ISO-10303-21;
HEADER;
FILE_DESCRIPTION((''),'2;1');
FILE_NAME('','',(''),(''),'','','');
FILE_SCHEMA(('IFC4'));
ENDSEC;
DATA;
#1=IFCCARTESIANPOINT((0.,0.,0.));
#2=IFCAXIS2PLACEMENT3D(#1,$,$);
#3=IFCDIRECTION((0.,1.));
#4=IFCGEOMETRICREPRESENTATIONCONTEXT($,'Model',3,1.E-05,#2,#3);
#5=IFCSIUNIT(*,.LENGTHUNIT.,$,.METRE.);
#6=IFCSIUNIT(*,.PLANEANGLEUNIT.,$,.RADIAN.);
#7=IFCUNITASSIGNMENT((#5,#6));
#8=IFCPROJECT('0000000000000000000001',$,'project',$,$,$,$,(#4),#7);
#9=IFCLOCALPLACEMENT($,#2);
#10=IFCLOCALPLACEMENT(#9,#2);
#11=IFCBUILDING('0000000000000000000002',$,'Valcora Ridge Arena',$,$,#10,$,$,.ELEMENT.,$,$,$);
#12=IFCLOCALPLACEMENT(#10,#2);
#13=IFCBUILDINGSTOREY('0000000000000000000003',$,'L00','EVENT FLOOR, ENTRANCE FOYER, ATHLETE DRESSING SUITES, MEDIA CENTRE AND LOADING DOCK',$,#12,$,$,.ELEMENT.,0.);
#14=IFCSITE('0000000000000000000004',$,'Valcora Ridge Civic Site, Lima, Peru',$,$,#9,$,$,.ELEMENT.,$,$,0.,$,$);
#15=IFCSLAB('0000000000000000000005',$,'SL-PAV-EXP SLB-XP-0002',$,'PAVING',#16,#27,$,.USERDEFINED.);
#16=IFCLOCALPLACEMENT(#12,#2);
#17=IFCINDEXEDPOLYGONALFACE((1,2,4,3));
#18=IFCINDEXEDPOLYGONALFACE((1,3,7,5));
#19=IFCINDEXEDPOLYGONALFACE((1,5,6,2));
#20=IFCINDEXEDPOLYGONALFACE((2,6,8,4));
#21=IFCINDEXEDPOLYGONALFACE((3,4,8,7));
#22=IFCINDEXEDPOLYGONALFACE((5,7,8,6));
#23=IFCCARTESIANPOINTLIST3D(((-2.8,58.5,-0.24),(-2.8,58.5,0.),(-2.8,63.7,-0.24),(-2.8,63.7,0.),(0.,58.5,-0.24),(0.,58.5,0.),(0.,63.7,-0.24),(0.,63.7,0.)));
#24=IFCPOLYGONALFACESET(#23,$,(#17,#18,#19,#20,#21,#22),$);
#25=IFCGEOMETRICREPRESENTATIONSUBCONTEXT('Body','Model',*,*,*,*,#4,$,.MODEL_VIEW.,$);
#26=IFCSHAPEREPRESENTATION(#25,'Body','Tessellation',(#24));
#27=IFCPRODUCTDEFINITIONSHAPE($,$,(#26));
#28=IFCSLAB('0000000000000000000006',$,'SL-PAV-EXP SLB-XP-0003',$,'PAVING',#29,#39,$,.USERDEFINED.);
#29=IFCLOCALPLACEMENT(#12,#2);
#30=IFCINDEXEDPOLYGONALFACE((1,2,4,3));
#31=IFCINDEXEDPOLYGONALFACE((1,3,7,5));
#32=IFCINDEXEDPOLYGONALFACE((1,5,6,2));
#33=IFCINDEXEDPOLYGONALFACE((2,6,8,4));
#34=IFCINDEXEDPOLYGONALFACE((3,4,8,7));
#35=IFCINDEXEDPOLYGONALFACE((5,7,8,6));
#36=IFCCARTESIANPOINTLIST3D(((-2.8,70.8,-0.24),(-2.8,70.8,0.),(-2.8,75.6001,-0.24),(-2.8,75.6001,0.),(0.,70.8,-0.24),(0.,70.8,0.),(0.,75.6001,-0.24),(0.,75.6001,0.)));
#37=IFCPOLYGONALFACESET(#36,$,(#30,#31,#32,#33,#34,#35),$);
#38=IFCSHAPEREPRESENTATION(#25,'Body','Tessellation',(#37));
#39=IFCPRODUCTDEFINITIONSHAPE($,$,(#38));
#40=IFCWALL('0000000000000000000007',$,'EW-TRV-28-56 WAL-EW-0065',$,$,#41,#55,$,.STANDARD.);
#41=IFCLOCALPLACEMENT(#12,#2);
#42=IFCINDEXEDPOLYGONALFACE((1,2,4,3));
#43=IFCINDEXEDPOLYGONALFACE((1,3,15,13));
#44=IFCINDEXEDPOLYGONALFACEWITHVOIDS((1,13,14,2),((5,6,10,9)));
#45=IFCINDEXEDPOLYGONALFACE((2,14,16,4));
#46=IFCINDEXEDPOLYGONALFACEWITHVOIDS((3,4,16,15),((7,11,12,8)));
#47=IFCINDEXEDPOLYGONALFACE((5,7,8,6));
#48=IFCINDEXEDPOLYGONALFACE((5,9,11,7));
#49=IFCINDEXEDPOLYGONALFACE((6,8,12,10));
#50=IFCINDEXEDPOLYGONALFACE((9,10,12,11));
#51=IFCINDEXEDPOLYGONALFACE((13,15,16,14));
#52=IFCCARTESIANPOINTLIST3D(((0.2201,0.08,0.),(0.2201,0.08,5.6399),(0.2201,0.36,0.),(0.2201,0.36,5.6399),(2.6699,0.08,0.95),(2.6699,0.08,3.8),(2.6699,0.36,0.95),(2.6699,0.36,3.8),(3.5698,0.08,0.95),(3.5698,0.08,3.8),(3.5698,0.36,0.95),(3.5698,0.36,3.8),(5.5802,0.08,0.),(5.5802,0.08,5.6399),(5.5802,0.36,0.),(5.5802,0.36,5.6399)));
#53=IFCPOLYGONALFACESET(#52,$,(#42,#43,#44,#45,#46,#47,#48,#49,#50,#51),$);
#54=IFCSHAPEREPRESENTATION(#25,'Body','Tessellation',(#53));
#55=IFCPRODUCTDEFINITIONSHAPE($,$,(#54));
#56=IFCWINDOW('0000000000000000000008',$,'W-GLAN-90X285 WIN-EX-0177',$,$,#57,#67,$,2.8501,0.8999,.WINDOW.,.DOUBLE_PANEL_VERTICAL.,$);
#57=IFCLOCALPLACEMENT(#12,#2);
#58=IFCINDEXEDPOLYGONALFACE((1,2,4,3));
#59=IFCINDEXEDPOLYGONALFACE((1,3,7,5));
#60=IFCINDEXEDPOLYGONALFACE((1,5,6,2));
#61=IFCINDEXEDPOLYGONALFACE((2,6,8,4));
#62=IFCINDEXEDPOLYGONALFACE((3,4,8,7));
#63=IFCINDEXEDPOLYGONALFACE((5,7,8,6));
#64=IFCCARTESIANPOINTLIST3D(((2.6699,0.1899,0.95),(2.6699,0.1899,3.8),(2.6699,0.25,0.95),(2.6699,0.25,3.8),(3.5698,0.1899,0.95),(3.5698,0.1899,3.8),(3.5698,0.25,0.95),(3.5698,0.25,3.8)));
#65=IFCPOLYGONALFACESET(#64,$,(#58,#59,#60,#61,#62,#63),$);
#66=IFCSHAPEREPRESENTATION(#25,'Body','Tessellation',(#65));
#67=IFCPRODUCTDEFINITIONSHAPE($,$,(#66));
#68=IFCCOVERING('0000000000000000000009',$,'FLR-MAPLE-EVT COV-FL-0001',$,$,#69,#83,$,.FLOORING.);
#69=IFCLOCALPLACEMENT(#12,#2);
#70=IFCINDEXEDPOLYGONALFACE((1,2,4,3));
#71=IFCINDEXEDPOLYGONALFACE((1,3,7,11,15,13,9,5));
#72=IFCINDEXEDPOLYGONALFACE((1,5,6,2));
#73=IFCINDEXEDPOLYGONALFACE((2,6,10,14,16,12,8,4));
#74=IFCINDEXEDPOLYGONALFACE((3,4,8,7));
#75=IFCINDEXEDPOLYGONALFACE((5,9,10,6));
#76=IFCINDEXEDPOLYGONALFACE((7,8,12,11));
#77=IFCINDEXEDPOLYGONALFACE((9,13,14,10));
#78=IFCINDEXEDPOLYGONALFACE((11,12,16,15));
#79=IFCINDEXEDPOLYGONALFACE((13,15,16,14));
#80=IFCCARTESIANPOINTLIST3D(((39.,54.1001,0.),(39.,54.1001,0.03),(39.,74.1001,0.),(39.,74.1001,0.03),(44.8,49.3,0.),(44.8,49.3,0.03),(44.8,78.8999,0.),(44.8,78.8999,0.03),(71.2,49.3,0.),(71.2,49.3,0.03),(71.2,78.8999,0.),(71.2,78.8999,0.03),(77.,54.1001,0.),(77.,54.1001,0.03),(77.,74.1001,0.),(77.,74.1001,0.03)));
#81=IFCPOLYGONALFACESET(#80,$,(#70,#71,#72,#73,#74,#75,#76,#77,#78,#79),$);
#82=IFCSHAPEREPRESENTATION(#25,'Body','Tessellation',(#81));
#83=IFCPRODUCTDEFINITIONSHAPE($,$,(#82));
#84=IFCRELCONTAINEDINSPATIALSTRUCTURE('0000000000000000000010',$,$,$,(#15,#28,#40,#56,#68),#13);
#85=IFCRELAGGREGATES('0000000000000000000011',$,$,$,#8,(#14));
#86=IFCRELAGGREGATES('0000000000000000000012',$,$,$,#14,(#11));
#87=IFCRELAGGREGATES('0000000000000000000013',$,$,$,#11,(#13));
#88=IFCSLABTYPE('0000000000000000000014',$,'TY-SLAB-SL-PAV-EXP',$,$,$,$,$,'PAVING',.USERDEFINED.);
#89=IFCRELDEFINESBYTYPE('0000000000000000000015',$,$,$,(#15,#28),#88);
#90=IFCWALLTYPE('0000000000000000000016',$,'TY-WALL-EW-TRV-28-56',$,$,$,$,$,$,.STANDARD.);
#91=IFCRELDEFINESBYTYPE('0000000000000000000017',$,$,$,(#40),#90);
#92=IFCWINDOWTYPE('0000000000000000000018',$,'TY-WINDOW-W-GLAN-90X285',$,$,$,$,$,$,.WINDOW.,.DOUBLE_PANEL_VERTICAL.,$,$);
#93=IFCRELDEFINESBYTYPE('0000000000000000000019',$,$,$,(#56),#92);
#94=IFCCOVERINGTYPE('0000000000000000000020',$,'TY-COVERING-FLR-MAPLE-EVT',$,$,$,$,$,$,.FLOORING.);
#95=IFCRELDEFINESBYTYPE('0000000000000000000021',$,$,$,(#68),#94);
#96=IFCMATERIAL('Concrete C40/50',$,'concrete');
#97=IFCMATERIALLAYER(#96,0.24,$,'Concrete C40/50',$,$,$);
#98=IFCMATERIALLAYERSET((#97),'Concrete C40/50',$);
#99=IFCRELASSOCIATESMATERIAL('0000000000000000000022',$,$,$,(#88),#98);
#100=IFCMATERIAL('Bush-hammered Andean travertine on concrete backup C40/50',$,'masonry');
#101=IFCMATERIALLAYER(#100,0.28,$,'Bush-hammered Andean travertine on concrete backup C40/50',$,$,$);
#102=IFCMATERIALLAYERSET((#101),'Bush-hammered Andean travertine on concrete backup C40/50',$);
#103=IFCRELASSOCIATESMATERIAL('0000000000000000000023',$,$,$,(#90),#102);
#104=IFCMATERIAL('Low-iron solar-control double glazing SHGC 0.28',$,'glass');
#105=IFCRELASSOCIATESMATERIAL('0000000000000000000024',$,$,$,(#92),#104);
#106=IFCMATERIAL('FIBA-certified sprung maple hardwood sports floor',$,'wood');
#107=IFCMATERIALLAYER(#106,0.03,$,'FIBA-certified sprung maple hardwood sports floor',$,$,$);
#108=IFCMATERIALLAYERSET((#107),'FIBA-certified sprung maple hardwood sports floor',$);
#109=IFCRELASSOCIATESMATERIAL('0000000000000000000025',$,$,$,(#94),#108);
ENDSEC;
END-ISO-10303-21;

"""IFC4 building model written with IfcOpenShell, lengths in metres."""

from ifc_helpers import new_model, si_unit, direction, frame, frame_2d, origin, place, context, subcontext, project, spatial, polyline, rectangle, outline, extrude, material, layer, layer_set, type_object, element, fill, save


model = new_model("IFC4")

# Units and contexts
model_context = context("Model", 3, precision=1e-05, world=origin(), true_north=direction((0.0, 1.0)))
body_context = subcontext(model_context, "Body", "Model", "MODEL_VIEW")
ifc_project = project(units=[si_unit("LENGTHUNIT", "METRE"), si_unit("PLANEANGLEUNIT", "RADIAN")], contexts=[model_context])

# Site, building, storey
site_placement = place(None, origin())
site = spatial("IfcSite", under=ifc_project, at=site_placement, Name="Valcora Ridge Civic Site, Lima, Peru", CompositionType="ELEMENT", RefElevation=0.0)
building_placement = place(site_placement, origin())
building = spatial("IfcBuilding", under=site, at=building_placement, Name="Valcora Ridge Arena", CompositionType="ELEMENT")
storey_placement = place(building_placement, origin())
storey = spatial("IfcBuildingStorey", under=building, at=storey_placement, Name="L00", Description="EVENT FLOOR, ENTRANCE FOYER, ATHLETE DRESSING SUITES, MEDIA CENTRE AND LOADING DOCK", CompositionType="ELEMENT", Elevation=0.0)

# Shared definitions
ifc_material_1 = material(Name="Concrete C40/50", Category="concrete")

# Slabs
ifc_layer_1 = layer(ifc_material_1, 0.24, Name="Concrete C40/50")
ifc_layer_set_1 = layer_set([ifc_layer_1], Name="Concrete C40/50")
slab_type_1 = type_object("IfcSlabType", Name="TY-SLAB-SL-PAV-EXP", ElementType="PAVING", PredefinedType="USERDEFINED", material=ifc_layer_set_1)
slab_1_placement = place(storey_placement, frame((0.0, 0.0, -0.24)))
element("IfcSlab", 1, at=slab_1_placement, inside=storey, type_object=slab_type_1, Name="SL-PAV-EXP SLB-XP-0002", ObjectType="PAVING", PredefinedType="USERDEFINED", context=body_context, shape_type="SweptSolid", body=[
    extrude(outline(polyline([(-2.8, 58.5), (0.0, 58.5), (0.0, 63.7), (-2.8, 63.7), (-2.8, 58.5)])), origin(), (0.0, 0.0, 1.0), 0.24),
])
slab_2_placement = place(storey_placement, frame((0.0, 0.0, -0.24)))
element("IfcSlab", 2, at=slab_2_placement, inside=storey, type_object=slab_type_1, Name="SL-PAV-EXP SLB-XP-0003", ObjectType="PAVING", PredefinedType="USERDEFINED", context=body_context, shape_type="SweptSolid", body=[
    extrude(outline(polyline([(-2.8, 70.8), (0.0, 70.8), (0.0, 75.6001), (-2.8, 75.6001), (-2.8, 70.8)])), origin(), (0.0, 0.0, 1.0), 0.24),
])

# Wall, opening, window
ifc_material_2 = material(Name="Bush-hammered Andean travertine on concrete backup C40/50", Category="masonry")
ifc_layer_2 = layer(ifc_material_2, 0.28, Name="Bush-hammered Andean travertine on concrete backup C40/50")
ifc_layer_set_2 = layer_set([ifc_layer_2], Name="Bush-hammered Andean travertine on concrete backup C40/50")
wall_type = type_object("IfcWallType", Name="TY-WALL-EW-TRV-28-56", PredefinedType="STANDARD", material=ifc_layer_set_2)
wall_placement = place(storey_placement, frame((0.22, 0.22, 0.0), z_axis=(0.0, 0.0, 1.0), x_axis=(1.0, 0.0, 0.0)))
wall = element("IfcWall", 3, at=wall_placement, inside=storey, type_object=wall_type, Name="EW-TRV-28-56 WAL-EW-0065", PredefinedType="STANDARD", context=body_context, shape_type="SweptSolid", body=[
    extrude(rectangle(XDim=5.3601, YDim=0.28, at=frame_2d((2.6802, 0.0))), origin(), (0.0, 0.0, 1.0), 5.6399),
])
opening_placement = place(wall_placement, frame((2.45, 0.0, 0.95)))
opening = element("IfcOpeningElement", 4, at=opening_placement, cuts=wall, PredefinedType="OPENING", context=body_context, shape_type="SweptSolid", body=[
    extrude(rectangle(XDim=0.8999, YDim=2.8501, at=frame_2d((0.45, 1.425))), frame((0.0, 0.1499, 0.0), z_axis=(0.0, -1.0, 0.0), x_axis=(1.0, 0.0, 0.0)), (0.0, 0.0, 1.0), 0.3),
])
ifc_material_3 = material(Name="Low-iron solar-control double glazing SHGC 0.28", Category="glass")
window_type = type_object("IfcWindowType", Name="TY-WINDOW-W-GLAN-90X285", PartitioningType="DOUBLE_PANEL_VERTICAL", PredefinedType="WINDOW", material=ifc_material_3)
window_placement = place(opening_placement, origin())
window = element("IfcWindow", 5, at=window_placement, inside=storey, type_object=window_type, Name="W-GLAN-90X285 WIN-EX-0177", OverallHeight=2.8501, OverallWidth=0.8999, PartitioningType="DOUBLE_PANEL_VERTICAL", PredefinedType="WINDOW", context=body_context, shape_type="SweptSolid", body=[
    extrude(rectangle(XDim=0.8999, YDim=2.8501, at=frame_2d((0.45, 1.425))), frame((0.0, 0.03, 0.0), z_axis=(0.0, -1.0, 0.0), x_axis=(1.0, 0.0, 0.0)), (0.0, 0.0, 1.0), 0.0601),
])
fill(opening, window)

# Covering
ifc_material_4 = material(Name="FIBA-certified sprung maple hardwood sports floor", Category="wood")
ifc_layer_3 = layer(ifc_material_4, 0.03, Name="FIBA-certified sprung maple hardwood sports floor")
ifc_layer_set_3 = layer_set([ifc_layer_3], Name="FIBA-certified sprung maple hardwood sports floor")
covering_type = type_object("IfcCoveringType", Name="TY-COVERING-FLR-MAPLE-EVT", PredefinedType="FLOORING", material=ifc_layer_set_3)
covering_placement = place(storey_placement, origin())
element("IfcCovering", 6, at=covering_placement, inside=storey, type_object=covering_type, Name="FLR-MAPLE-EVT COV-FL-0001", PredefinedType="FLOORING", context=body_context, shape_type="SweptSolid", body=[
    extrude(outline(polyline([(44.8, 49.3), (71.2, 49.3), (77.0, 54.1001), (77.0, 74.1001), (71.2, 78.8999), (44.8, 78.8999), (39.0, 74.1001), (39.0, 54.1001), (44.8, 49.3)])), origin(), (0.0, 0.0, 1.0), 0.03),
])

save(model, "model.ifc")
